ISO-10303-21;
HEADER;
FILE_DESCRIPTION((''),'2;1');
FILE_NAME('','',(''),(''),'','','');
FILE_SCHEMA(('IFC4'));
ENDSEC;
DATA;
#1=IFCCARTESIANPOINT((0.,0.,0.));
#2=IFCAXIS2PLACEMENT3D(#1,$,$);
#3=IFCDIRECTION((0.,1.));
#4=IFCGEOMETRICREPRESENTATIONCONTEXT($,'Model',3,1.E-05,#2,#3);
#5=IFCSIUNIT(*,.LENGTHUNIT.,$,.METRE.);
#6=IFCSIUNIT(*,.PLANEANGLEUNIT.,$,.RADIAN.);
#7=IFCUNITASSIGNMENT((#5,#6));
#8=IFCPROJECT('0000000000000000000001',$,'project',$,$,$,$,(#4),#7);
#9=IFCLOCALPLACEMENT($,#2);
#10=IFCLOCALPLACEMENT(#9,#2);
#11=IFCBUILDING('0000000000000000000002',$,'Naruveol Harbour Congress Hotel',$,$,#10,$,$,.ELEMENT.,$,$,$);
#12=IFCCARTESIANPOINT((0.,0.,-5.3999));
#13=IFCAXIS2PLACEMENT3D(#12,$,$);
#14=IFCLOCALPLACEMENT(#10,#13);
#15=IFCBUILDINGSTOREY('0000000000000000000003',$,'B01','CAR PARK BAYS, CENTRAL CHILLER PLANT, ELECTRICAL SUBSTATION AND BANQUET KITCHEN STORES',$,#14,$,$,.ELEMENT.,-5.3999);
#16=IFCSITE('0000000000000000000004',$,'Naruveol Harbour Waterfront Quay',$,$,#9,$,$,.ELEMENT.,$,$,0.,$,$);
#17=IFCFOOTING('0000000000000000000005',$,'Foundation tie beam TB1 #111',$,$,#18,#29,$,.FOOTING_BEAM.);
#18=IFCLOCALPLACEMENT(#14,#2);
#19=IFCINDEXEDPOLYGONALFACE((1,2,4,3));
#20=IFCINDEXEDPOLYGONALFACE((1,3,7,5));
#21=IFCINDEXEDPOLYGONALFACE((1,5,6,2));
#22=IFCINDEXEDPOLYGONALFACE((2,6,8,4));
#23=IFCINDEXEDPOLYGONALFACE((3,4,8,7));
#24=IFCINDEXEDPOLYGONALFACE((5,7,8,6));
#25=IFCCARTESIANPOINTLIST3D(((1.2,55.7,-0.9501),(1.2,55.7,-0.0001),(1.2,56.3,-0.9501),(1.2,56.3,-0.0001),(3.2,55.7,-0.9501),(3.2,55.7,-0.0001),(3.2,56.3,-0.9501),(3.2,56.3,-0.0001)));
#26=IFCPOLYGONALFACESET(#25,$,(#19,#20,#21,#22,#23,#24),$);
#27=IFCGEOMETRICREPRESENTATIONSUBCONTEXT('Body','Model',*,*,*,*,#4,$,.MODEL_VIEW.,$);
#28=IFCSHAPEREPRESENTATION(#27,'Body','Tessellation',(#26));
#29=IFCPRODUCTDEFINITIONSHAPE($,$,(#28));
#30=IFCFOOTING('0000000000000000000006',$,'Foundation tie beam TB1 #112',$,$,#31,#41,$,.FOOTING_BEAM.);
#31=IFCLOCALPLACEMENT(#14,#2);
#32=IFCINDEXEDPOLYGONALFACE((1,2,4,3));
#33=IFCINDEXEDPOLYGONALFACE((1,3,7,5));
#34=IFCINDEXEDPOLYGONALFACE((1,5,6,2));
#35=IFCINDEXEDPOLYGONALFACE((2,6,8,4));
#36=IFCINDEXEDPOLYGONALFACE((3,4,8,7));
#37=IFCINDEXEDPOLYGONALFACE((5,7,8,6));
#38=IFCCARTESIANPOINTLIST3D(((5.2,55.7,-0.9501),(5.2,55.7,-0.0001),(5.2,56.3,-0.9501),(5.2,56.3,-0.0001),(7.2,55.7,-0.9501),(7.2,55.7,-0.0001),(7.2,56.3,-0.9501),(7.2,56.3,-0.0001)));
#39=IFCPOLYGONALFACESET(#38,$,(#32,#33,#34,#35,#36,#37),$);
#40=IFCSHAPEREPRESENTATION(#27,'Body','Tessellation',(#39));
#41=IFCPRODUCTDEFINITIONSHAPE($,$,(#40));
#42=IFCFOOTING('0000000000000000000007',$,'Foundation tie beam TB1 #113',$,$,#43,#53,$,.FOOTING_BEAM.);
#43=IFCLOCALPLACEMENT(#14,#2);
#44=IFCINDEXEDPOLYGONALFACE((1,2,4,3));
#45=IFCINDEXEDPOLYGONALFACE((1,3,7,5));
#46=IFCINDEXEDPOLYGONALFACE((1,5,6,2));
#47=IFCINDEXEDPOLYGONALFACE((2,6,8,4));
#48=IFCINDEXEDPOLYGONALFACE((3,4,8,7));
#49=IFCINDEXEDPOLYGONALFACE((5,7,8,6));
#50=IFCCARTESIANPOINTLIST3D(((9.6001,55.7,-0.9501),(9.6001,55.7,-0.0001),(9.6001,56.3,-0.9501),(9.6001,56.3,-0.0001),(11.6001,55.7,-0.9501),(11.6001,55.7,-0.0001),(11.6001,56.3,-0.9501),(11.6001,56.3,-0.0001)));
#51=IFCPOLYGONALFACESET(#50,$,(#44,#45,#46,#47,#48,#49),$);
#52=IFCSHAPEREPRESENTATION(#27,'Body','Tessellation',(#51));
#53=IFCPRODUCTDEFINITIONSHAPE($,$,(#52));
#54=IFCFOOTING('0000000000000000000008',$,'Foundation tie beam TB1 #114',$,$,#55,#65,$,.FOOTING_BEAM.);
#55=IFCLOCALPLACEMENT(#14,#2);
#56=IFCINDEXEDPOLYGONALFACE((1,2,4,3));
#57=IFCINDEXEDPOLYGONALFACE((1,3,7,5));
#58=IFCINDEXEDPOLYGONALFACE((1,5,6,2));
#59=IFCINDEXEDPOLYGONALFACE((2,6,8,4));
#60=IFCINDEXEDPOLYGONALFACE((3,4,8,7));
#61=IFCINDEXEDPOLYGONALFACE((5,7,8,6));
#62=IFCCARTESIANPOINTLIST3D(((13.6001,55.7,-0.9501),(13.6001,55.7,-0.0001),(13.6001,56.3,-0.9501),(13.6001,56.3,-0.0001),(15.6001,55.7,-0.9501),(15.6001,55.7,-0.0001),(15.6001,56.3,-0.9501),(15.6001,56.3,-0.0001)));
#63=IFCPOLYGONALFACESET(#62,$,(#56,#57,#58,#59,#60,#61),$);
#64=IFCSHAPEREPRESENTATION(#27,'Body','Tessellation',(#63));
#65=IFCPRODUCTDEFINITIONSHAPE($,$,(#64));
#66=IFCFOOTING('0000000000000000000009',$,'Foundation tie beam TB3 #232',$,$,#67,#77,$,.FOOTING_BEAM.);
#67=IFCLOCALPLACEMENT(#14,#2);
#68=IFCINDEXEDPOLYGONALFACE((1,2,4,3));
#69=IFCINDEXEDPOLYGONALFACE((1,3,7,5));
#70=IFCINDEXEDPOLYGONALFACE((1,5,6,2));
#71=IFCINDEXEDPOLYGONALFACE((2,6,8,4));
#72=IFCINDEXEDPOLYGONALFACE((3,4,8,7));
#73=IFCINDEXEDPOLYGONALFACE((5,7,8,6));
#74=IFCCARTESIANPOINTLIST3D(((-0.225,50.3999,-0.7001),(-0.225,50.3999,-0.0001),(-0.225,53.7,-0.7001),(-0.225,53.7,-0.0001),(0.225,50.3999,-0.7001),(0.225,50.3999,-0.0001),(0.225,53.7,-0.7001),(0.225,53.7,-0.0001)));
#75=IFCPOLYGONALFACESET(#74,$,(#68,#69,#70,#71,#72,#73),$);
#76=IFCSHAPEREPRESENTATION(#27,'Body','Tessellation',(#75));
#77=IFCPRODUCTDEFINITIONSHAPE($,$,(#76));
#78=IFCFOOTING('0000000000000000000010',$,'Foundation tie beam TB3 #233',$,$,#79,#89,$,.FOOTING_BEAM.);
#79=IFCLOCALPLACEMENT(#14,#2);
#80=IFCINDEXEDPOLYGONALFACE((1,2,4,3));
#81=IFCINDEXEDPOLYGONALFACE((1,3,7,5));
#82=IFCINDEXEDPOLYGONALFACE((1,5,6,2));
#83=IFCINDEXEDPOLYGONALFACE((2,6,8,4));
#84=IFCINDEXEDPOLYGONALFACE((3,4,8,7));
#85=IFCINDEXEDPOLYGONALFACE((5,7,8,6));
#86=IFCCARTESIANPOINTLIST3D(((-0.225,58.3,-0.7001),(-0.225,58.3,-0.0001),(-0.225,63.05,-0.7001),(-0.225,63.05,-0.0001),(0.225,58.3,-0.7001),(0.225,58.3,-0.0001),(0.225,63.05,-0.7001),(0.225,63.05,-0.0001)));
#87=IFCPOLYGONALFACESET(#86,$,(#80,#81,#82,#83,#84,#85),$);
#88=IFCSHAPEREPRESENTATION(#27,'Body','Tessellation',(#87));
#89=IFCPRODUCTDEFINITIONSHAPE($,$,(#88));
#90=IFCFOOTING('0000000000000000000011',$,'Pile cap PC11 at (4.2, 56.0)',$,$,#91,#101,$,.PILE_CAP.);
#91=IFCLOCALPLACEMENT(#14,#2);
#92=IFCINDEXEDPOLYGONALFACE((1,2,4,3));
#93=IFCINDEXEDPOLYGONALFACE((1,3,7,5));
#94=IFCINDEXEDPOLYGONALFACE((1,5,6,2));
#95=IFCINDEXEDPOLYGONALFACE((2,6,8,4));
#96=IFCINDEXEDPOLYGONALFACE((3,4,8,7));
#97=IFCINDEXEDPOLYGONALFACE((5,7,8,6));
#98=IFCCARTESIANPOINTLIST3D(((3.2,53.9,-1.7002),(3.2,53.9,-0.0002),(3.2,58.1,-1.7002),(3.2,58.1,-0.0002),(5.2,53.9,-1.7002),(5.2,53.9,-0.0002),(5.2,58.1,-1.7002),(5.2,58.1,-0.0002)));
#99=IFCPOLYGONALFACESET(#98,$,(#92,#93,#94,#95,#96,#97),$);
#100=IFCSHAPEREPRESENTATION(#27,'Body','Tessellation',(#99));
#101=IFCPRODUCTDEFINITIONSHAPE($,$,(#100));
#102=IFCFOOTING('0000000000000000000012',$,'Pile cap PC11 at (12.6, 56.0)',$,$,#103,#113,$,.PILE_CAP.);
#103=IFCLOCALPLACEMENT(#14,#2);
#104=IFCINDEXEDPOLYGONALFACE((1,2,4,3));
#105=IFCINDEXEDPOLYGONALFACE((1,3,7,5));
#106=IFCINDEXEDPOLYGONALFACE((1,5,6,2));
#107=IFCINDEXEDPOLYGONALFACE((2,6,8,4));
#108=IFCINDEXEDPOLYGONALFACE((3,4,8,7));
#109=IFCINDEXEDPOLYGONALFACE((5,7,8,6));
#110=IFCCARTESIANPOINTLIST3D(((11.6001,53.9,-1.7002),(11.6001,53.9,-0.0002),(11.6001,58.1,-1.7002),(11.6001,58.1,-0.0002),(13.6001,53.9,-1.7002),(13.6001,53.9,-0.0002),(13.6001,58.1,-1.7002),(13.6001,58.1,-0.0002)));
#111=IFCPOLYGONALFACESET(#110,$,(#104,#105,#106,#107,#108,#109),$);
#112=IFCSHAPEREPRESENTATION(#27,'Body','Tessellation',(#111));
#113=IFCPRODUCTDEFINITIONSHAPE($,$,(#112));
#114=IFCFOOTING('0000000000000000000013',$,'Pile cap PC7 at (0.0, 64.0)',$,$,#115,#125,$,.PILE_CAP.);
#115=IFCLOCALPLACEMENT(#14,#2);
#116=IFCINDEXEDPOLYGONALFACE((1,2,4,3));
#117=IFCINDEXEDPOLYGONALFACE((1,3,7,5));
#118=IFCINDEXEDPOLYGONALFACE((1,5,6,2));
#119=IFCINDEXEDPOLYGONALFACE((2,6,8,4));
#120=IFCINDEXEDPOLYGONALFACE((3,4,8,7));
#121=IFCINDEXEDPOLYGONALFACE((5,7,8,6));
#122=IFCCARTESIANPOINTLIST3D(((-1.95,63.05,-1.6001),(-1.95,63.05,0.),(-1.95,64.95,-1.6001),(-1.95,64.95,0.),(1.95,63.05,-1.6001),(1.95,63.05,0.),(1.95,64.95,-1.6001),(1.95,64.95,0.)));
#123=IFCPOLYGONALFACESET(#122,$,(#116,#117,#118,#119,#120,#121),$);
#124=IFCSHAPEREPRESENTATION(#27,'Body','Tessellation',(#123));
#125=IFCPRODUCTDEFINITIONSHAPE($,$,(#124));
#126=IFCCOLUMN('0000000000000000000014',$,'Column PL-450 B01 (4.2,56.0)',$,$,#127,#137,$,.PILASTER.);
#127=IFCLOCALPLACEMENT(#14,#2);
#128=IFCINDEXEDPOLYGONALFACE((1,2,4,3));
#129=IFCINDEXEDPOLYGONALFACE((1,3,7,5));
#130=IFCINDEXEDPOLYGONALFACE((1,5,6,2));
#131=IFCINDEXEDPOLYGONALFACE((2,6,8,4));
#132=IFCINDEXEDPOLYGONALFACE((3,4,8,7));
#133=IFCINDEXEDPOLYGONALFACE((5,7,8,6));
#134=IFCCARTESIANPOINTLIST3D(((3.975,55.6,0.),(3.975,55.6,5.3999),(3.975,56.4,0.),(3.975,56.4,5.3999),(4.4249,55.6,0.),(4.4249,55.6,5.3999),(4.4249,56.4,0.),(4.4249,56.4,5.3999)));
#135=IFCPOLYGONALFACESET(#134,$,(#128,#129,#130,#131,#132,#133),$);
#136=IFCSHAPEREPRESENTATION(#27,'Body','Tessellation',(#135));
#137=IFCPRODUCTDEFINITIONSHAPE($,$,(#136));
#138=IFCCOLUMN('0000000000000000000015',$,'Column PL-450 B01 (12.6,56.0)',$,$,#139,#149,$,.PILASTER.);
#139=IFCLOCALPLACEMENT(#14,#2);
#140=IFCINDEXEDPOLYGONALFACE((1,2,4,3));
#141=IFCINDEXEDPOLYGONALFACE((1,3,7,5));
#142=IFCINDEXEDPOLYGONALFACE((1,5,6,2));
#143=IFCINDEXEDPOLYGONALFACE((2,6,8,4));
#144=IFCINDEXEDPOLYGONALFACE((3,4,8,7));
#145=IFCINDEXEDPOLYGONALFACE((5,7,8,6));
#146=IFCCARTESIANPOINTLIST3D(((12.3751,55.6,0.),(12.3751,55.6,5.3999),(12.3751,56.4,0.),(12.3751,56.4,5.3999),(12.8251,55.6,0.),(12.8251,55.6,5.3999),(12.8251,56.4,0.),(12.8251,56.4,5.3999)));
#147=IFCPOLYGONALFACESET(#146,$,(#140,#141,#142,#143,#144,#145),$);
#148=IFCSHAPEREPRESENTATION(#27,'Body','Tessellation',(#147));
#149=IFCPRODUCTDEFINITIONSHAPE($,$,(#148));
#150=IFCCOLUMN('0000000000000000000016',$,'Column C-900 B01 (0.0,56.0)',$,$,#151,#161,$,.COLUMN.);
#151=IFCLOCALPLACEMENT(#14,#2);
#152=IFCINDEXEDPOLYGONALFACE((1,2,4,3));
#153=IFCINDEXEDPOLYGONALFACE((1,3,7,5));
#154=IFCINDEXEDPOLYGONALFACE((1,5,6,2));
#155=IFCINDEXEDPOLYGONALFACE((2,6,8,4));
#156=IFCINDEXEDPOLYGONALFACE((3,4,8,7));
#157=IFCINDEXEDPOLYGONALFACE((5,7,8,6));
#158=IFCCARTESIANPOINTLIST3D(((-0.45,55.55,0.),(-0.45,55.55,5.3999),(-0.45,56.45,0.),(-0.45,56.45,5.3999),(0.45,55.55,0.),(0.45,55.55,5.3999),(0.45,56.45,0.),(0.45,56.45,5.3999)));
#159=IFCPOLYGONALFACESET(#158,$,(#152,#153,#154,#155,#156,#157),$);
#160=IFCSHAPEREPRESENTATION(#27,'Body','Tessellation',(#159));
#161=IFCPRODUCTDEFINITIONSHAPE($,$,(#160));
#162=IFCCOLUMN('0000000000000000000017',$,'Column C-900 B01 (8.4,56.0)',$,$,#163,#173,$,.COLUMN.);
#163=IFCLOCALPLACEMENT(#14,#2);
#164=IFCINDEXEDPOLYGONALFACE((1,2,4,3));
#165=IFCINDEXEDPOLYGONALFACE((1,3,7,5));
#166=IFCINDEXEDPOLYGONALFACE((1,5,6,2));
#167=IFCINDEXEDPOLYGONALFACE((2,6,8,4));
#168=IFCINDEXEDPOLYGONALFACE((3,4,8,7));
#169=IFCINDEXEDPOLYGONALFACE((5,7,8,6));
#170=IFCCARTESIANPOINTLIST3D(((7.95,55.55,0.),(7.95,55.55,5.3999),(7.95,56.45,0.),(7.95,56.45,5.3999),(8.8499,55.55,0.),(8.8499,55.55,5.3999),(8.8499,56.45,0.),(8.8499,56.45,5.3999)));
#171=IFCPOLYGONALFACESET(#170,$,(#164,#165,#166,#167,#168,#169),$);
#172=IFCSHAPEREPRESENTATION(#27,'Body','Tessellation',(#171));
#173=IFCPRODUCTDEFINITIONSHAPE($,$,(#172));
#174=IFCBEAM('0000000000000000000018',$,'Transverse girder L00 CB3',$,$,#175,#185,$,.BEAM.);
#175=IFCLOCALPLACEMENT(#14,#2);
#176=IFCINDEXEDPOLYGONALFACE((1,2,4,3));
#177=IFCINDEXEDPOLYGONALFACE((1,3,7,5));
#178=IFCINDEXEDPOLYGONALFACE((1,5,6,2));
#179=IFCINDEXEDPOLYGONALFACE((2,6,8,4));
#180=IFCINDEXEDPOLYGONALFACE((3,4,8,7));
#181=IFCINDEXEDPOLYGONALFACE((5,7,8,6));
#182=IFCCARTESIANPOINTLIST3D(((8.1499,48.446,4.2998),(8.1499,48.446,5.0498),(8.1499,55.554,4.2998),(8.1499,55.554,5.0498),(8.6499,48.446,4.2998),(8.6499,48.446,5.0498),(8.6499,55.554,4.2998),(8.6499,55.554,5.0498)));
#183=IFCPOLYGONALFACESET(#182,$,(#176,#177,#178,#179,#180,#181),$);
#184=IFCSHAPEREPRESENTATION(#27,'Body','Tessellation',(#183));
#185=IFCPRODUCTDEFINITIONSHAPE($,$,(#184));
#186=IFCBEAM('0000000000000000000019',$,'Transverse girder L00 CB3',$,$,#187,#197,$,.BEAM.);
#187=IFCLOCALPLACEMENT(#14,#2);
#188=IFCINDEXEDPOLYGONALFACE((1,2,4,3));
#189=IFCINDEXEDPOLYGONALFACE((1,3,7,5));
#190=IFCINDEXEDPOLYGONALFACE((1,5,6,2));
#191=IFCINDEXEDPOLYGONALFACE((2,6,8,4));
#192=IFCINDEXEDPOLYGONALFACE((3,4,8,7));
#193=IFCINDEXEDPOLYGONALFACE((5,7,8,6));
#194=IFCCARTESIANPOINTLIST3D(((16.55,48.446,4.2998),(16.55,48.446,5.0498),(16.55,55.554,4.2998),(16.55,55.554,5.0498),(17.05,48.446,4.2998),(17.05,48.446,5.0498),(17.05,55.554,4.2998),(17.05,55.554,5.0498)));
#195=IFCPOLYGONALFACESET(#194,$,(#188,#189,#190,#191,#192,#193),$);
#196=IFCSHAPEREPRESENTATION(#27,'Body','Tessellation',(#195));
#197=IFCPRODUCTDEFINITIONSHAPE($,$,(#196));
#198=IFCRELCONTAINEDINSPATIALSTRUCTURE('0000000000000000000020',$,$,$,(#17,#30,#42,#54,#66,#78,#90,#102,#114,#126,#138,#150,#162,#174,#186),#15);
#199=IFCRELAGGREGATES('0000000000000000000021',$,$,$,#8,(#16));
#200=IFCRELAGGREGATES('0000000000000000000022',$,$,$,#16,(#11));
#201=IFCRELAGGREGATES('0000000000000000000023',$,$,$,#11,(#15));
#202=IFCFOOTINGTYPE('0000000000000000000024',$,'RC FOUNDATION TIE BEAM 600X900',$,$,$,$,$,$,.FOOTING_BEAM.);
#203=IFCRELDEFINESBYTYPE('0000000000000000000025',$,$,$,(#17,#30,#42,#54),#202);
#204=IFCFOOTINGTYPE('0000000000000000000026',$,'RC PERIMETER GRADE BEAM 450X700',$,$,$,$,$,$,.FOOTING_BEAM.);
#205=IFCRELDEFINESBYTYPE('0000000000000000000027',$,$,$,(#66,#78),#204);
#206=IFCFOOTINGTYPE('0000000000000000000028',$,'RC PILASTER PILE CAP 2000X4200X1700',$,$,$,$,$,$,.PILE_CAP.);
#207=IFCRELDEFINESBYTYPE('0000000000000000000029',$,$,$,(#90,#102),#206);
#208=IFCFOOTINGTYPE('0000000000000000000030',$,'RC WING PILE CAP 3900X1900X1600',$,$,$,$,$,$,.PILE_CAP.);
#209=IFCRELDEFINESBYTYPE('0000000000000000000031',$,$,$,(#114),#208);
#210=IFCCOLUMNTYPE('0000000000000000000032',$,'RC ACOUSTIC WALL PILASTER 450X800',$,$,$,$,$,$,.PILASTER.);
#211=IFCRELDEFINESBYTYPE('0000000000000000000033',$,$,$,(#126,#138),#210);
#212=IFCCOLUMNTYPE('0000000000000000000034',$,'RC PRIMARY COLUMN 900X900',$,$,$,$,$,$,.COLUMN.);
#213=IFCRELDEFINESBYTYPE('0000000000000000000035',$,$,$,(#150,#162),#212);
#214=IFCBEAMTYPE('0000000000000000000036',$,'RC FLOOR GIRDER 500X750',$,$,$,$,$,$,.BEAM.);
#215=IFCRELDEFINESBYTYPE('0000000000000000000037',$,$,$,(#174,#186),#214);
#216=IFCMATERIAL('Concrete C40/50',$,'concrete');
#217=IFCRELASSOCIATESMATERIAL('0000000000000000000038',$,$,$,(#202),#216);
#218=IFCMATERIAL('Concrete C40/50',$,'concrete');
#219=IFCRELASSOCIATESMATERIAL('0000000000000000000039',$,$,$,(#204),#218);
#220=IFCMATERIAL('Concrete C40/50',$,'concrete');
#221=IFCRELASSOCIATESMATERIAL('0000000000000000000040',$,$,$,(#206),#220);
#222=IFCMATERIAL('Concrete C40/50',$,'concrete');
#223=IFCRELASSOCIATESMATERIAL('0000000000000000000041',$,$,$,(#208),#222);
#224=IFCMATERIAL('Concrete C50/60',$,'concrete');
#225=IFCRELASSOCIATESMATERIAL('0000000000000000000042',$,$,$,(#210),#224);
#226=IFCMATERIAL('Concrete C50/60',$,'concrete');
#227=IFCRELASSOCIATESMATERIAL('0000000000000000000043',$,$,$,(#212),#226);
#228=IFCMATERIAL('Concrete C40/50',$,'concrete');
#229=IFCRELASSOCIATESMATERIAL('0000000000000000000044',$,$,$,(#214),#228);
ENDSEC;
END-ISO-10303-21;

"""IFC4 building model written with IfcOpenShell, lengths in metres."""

from ifc_helpers import new_model, si_unit, direction, frame, origin, origin_2d, place, context, subcontext, project, spatial, rectangle, extrude, material, material_profile, profile_set, type_object, element, save


model = new_model("IFC4")

# Units and contexts
model_context = context("Model", 3, precision=1e-05, world=origin(), true_north=direction((0.0, 1.0)))
body_context = subcontext(model_context, "Body", "Model", "MODEL_VIEW")
ifc_project = project(units=[si_unit("LENGTHUNIT", "METRE"), si_unit("PLANEANGLEUNIT", "RADIAN")], contexts=[model_context])

# Site, building, storey
site_placement = place(None, origin())
site = spatial("IfcSite", under=ifc_project, at=site_placement, Name="Naruveol Harbour Waterfront Quay", CompositionType="ELEMENT", RefElevation=0.0)
building_placement = place(site_placement, origin())
building = spatial("IfcBuilding", under=site, at=building_placement, Name="Naruveol Harbour Congress Hotel", CompositionType="ELEMENT")
storey_placement = place(building_placement, frame((0.0, 0.0, -5.3999)))
storey = spatial("IfcBuildingStorey", under=building, at=storey_placement, Name="B01", Description="CAR PARK BAYS, CENTRAL CHILLER PLANT, ELECTRICAL SUBSTATION AND BANQUET KITCHEN STORES", CompositionType="ELEMENT", Elevation=-5.3999)

# Footings
ifc_material_1 = material(Name="Concrete C40/50", Category="concrete")
ifc_material_profile_1 = material_profile(ifc_material_1, rectangle(XDim=0.6001, YDim=0.95, at=origin_2d()), Name="RCB-600x950")
ifc_profile_set_1 = profile_set([ifc_material_profile_1], Name="Concrete C40/50")
footing_type_1 = type_object("IfcFootingType", Name="RC FOUNDATION TIE BEAM 600X900", PredefinedType="FOOTING_BEAM", material=ifc_profile_set_1)
for number, where, z_axis, x_axis, name in (
    (1, (1.2, 56.0, -0.4751), (1.0, 0.0, 0.0), (0.0, 1.0, 0.0), "Foundation tie beam TB1 #111"),
    (2, (5.2, 56.0, -0.4751), (1.0, 0.0, 0.0), (0.0, 1.0, 0.0), "Foundation tie beam TB1 #112"),
    (3, (9.6001, 56.0, -0.4751), (1.0, 0.0, 0.0), (0.0, 1.0, 0.0), "Foundation tie beam TB1 #113"),
    (4, (13.6001, 56.0, -0.4751), (1.0, 0.0, 0.0), (0.0, 1.0, 0.0), "Foundation tie beam TB1 #114"),
):
    element("IfcFooting", number, at=place(storey_placement, frame(where, z_axis=z_axis, x_axis=x_axis)), inside=storey, type_object=footing_type_1, Name=name, PredefinedType="FOOTING_BEAM", context=body_context, shape_type="SweptSolid", body=[
        extrude(rectangle(XDim=0.6001, YDim=0.95, at=origin_2d()), origin(), (0.0, 0.0, 1.0), 2.0),
    ])
ifc_material_2 = material(Name="Concrete C40/50", Category="concrete")
ifc_material_profile_2 = material_profile(ifc_material_2, rectangle(XDim=0.45, YDim=0.7, at=origin_2d()), Name="RCB-450x700")
ifc_profile_set_2 = profile_set([ifc_material_profile_2], Name="Concrete C40/50")
footing_type_2 = type_object("IfcFootingType", Name="RC PERIMETER GRADE BEAM 450X700", PredefinedType="FOOTING_BEAM", material=ifc_profile_set_2)
footing_1_placement = place(storey_placement, frame((0.0, 50.3999, -0.3501), z_axis=(0.0, 1.0, 0.0), x_axis=(-1.0, 0.0, 0.0)))
element("IfcFooting", 5, at=footing_1_placement, inside=storey, type_object=footing_type_2, Name="Foundation tie beam TB3 #232", PredefinedType="FOOTING_BEAM", context=body_context, shape_type="SweptSolid", body=[
    extrude(rectangle(XDim=0.45, YDim=0.7, at=origin_2d()), origin(), (0.0, 0.0, 1.0), 3.3),
])
footing_2_placement = place(storey_placement, frame((0.0, 58.3, -0.3501), z_axis=(0.0, 1.0, 0.0), x_axis=(-1.0, 0.0, 0.0)))
element("IfcFooting", 6, at=footing_2_placement, inside=storey, type_object=footing_type_2, Name="Foundation tie beam TB3 #233", PredefinedType="FOOTING_BEAM", context=body_context, shape_type="SweptSolid", body=[
    extrude(rectangle(XDim=0.45, YDim=0.7, at=origin_2d()), origin(), (0.0, 0.0, 1.0), 4.75),
])
ifc_material_3 = material(Name="Concrete C40/50", Category="concrete")
footing_type_3 = type_object("IfcFootingType", Name="RC PILASTER PILE CAP 2000X4200X1700", PredefinedType="PILE_CAP", material=ifc_material_3)
for number, where, z_axis, x_axis, name in (
    (7, (4.2, 56.0, -1.7002), (0.0, 0.0, 1.0), (1.0, 0.0, 0.0), "Pile cap PC11 at (4.2, 56.0)"),
    (8, (12.6001, 56.0, -1.7002), (0.0, 0.0, 1.0), (1.0, 0.0, 0.0), "Pile cap PC11 at (12.6, 56.0)"),
):
    element("IfcFooting", number, at=place(storey_placement, frame(where, z_axis=z_axis, x_axis=x_axis)), inside=storey, type_object=footing_type_3, Name=name, PredefinedType="PILE_CAP", context=body_context, shape_type="SweptSolid", body=[
        extrude(rectangle(XDim=2.0, YDim=4.2, at=origin_2d()), origin(), (0.0, 0.0, 1.0), 1.7),
    ])
ifc_material_4 = material(Name="Concrete C40/50", Category="concrete")
footing_type_4 = type_object("IfcFootingType", Name="RC WING PILE CAP 3900X1900X1600", PredefinedType="PILE_CAP", material=ifc_material_4)
footing_3_placement = place(storey_placement, frame((0.0, 64.0, -1.6001), z_axis=(0.0, 0.0, 1.0), x_axis=(1.0, 0.0, 0.0)))
element("IfcFooting", 9, at=footing_3_placement, inside=storey, type_object=footing_type_4, Name="Pile cap PC7 at (0.0, 64.0)", PredefinedType="PILE_CAP", context=body_context, shape_type="SweptSolid", body=[
    extrude(rectangle(XDim=3.8999, YDim=1.8999, at=origin_2d()), origin(), (0.0, 0.0, 1.0), 1.6001),
])

# Columns
ifc_material_5 = material(Name="Concrete C50/60", Category="concrete")
ifc_material_profile_3 = material_profile(ifc_material_5, rectangle(XDim=0.45, YDim=0.8, at=origin_2d()), Name="RC-450x800")
ifc_profile_set_3 = profile_set([ifc_material_profile_3], Name="Concrete C50/60")
column_type_1 = type_object("IfcColumnType", Name="RC ACOUSTIC WALL PILASTER 450X800", PredefinedType="PILASTER", material=ifc_profile_set_3)
for number, where, z_axis, x_axis, name in (
    (10, (4.2, 56.0, 0.0), (0.0, 0.0, 1.0), (1.0, 0.0, 0.0), "Column PL-450 B01 (4.2,56.0)"),
    (11, (12.6001, 56.0, 0.0), (0.0, 0.0, 1.0), (1.0, 0.0, 0.0), "Column PL-450 B01 (12.6,56.0)"),
):
    element("IfcColumn", number, at=place(storey_placement, frame(where, z_axis=z_axis, x_axis=x_axis)), inside=storey, type_object=column_type_1, Name=name, PredefinedType="PILASTER", context=body_context, shape_type="SweptSolid", body=[
        extrude(rectangle(XDim=0.45, YDim=0.8, at=origin_2d()), origin(), (0.0, 0.0, 1.0), 5.3999),
    ])
ifc_material_6 = material(Name="Concrete C50/60", Category="concrete")
ifc_material_profile_4 = material_profile(ifc_material_6, rectangle(XDim=0.8999, YDim=0.8999, at=origin_2d()), Name="RC-900x900")
ifc_profile_set_4 = profile_set([ifc_material_profile_4], Name="Concrete C50/60")
column_type_2 = type_object("IfcColumnType", Name="RC PRIMARY COLUMN 900X900", PredefinedType="COLUMN", material=ifc_profile_set_4)
for number, where, z_axis, x_axis, name in (
    (12, (0.0, 56.0, 0.0), (0.0, 0.0, 1.0), (1.0, 0.0, 0.0), "Column C-900 B01 (0.0,56.0)"),
    (13, (8.3999, 56.0, 0.0), (0.0, 0.0, 1.0), (1.0, 0.0, 0.0), "Column C-900 B01 (8.4,56.0)"),
):
    element("IfcColumn", number, at=place(storey_placement, frame(where, z_axis=z_axis, x_axis=x_axis)), inside=storey, type_object=column_type_2, Name=name, PredefinedType="COLUMN", context=body_context, shape_type="SweptSolid", body=[
        extrude(rectangle(XDim=0.8999, YDim=0.8999, at=origin_2d()), origin(), (0.0, 0.0, 1.0), 5.3999),
    ])

# Beams
ifc_material_7 = material(Name="Concrete C40/50", Category="concrete")
ifc_material_profile_5 = material_profile(ifc_material_7, rectangle(XDim=0.5, YDim=0.75, at=origin_2d()), Name="RCB-500x750")
ifc_profile_set_5 = profile_set([ifc_material_profile_5], Name="Concrete C40/50")
beam_type_1 = type_object("IfcBeamType", Name="RC FLOOR GIRDER 500X750", PredefinedType="BEAM", material=ifc_profile_set_5)
for number, where, z_axis, x_axis, name in (
    (14, (8.3999, 48.446, 4.6748), (0.0, 1.0, 0.0), (-1.0, 0.0, 0.0), "Transverse girder L00 CB3"),
    (15, (16.8, 48.446, 4.6748), (0.0, 1.0, 0.0), (-1.0, 0.0, 0.0), "Transverse girder L00 CB3"),
):
    element("IfcBeam", number, at=place(storey_placement, frame(where, z_axis=z_axis, x_axis=x_axis)), inside=storey, type_object=beam_type_1, Name=name, PredefinedType="BEAM", context=body_context, shape_type="SweptSolid", body=[
        extrude(rectangle(XDim=0.5, YDim=0.75, at=origin_2d()), origin(), (0.0, 0.0, 1.0), 7.1079),
    ])

save(model, "model.ifc")
